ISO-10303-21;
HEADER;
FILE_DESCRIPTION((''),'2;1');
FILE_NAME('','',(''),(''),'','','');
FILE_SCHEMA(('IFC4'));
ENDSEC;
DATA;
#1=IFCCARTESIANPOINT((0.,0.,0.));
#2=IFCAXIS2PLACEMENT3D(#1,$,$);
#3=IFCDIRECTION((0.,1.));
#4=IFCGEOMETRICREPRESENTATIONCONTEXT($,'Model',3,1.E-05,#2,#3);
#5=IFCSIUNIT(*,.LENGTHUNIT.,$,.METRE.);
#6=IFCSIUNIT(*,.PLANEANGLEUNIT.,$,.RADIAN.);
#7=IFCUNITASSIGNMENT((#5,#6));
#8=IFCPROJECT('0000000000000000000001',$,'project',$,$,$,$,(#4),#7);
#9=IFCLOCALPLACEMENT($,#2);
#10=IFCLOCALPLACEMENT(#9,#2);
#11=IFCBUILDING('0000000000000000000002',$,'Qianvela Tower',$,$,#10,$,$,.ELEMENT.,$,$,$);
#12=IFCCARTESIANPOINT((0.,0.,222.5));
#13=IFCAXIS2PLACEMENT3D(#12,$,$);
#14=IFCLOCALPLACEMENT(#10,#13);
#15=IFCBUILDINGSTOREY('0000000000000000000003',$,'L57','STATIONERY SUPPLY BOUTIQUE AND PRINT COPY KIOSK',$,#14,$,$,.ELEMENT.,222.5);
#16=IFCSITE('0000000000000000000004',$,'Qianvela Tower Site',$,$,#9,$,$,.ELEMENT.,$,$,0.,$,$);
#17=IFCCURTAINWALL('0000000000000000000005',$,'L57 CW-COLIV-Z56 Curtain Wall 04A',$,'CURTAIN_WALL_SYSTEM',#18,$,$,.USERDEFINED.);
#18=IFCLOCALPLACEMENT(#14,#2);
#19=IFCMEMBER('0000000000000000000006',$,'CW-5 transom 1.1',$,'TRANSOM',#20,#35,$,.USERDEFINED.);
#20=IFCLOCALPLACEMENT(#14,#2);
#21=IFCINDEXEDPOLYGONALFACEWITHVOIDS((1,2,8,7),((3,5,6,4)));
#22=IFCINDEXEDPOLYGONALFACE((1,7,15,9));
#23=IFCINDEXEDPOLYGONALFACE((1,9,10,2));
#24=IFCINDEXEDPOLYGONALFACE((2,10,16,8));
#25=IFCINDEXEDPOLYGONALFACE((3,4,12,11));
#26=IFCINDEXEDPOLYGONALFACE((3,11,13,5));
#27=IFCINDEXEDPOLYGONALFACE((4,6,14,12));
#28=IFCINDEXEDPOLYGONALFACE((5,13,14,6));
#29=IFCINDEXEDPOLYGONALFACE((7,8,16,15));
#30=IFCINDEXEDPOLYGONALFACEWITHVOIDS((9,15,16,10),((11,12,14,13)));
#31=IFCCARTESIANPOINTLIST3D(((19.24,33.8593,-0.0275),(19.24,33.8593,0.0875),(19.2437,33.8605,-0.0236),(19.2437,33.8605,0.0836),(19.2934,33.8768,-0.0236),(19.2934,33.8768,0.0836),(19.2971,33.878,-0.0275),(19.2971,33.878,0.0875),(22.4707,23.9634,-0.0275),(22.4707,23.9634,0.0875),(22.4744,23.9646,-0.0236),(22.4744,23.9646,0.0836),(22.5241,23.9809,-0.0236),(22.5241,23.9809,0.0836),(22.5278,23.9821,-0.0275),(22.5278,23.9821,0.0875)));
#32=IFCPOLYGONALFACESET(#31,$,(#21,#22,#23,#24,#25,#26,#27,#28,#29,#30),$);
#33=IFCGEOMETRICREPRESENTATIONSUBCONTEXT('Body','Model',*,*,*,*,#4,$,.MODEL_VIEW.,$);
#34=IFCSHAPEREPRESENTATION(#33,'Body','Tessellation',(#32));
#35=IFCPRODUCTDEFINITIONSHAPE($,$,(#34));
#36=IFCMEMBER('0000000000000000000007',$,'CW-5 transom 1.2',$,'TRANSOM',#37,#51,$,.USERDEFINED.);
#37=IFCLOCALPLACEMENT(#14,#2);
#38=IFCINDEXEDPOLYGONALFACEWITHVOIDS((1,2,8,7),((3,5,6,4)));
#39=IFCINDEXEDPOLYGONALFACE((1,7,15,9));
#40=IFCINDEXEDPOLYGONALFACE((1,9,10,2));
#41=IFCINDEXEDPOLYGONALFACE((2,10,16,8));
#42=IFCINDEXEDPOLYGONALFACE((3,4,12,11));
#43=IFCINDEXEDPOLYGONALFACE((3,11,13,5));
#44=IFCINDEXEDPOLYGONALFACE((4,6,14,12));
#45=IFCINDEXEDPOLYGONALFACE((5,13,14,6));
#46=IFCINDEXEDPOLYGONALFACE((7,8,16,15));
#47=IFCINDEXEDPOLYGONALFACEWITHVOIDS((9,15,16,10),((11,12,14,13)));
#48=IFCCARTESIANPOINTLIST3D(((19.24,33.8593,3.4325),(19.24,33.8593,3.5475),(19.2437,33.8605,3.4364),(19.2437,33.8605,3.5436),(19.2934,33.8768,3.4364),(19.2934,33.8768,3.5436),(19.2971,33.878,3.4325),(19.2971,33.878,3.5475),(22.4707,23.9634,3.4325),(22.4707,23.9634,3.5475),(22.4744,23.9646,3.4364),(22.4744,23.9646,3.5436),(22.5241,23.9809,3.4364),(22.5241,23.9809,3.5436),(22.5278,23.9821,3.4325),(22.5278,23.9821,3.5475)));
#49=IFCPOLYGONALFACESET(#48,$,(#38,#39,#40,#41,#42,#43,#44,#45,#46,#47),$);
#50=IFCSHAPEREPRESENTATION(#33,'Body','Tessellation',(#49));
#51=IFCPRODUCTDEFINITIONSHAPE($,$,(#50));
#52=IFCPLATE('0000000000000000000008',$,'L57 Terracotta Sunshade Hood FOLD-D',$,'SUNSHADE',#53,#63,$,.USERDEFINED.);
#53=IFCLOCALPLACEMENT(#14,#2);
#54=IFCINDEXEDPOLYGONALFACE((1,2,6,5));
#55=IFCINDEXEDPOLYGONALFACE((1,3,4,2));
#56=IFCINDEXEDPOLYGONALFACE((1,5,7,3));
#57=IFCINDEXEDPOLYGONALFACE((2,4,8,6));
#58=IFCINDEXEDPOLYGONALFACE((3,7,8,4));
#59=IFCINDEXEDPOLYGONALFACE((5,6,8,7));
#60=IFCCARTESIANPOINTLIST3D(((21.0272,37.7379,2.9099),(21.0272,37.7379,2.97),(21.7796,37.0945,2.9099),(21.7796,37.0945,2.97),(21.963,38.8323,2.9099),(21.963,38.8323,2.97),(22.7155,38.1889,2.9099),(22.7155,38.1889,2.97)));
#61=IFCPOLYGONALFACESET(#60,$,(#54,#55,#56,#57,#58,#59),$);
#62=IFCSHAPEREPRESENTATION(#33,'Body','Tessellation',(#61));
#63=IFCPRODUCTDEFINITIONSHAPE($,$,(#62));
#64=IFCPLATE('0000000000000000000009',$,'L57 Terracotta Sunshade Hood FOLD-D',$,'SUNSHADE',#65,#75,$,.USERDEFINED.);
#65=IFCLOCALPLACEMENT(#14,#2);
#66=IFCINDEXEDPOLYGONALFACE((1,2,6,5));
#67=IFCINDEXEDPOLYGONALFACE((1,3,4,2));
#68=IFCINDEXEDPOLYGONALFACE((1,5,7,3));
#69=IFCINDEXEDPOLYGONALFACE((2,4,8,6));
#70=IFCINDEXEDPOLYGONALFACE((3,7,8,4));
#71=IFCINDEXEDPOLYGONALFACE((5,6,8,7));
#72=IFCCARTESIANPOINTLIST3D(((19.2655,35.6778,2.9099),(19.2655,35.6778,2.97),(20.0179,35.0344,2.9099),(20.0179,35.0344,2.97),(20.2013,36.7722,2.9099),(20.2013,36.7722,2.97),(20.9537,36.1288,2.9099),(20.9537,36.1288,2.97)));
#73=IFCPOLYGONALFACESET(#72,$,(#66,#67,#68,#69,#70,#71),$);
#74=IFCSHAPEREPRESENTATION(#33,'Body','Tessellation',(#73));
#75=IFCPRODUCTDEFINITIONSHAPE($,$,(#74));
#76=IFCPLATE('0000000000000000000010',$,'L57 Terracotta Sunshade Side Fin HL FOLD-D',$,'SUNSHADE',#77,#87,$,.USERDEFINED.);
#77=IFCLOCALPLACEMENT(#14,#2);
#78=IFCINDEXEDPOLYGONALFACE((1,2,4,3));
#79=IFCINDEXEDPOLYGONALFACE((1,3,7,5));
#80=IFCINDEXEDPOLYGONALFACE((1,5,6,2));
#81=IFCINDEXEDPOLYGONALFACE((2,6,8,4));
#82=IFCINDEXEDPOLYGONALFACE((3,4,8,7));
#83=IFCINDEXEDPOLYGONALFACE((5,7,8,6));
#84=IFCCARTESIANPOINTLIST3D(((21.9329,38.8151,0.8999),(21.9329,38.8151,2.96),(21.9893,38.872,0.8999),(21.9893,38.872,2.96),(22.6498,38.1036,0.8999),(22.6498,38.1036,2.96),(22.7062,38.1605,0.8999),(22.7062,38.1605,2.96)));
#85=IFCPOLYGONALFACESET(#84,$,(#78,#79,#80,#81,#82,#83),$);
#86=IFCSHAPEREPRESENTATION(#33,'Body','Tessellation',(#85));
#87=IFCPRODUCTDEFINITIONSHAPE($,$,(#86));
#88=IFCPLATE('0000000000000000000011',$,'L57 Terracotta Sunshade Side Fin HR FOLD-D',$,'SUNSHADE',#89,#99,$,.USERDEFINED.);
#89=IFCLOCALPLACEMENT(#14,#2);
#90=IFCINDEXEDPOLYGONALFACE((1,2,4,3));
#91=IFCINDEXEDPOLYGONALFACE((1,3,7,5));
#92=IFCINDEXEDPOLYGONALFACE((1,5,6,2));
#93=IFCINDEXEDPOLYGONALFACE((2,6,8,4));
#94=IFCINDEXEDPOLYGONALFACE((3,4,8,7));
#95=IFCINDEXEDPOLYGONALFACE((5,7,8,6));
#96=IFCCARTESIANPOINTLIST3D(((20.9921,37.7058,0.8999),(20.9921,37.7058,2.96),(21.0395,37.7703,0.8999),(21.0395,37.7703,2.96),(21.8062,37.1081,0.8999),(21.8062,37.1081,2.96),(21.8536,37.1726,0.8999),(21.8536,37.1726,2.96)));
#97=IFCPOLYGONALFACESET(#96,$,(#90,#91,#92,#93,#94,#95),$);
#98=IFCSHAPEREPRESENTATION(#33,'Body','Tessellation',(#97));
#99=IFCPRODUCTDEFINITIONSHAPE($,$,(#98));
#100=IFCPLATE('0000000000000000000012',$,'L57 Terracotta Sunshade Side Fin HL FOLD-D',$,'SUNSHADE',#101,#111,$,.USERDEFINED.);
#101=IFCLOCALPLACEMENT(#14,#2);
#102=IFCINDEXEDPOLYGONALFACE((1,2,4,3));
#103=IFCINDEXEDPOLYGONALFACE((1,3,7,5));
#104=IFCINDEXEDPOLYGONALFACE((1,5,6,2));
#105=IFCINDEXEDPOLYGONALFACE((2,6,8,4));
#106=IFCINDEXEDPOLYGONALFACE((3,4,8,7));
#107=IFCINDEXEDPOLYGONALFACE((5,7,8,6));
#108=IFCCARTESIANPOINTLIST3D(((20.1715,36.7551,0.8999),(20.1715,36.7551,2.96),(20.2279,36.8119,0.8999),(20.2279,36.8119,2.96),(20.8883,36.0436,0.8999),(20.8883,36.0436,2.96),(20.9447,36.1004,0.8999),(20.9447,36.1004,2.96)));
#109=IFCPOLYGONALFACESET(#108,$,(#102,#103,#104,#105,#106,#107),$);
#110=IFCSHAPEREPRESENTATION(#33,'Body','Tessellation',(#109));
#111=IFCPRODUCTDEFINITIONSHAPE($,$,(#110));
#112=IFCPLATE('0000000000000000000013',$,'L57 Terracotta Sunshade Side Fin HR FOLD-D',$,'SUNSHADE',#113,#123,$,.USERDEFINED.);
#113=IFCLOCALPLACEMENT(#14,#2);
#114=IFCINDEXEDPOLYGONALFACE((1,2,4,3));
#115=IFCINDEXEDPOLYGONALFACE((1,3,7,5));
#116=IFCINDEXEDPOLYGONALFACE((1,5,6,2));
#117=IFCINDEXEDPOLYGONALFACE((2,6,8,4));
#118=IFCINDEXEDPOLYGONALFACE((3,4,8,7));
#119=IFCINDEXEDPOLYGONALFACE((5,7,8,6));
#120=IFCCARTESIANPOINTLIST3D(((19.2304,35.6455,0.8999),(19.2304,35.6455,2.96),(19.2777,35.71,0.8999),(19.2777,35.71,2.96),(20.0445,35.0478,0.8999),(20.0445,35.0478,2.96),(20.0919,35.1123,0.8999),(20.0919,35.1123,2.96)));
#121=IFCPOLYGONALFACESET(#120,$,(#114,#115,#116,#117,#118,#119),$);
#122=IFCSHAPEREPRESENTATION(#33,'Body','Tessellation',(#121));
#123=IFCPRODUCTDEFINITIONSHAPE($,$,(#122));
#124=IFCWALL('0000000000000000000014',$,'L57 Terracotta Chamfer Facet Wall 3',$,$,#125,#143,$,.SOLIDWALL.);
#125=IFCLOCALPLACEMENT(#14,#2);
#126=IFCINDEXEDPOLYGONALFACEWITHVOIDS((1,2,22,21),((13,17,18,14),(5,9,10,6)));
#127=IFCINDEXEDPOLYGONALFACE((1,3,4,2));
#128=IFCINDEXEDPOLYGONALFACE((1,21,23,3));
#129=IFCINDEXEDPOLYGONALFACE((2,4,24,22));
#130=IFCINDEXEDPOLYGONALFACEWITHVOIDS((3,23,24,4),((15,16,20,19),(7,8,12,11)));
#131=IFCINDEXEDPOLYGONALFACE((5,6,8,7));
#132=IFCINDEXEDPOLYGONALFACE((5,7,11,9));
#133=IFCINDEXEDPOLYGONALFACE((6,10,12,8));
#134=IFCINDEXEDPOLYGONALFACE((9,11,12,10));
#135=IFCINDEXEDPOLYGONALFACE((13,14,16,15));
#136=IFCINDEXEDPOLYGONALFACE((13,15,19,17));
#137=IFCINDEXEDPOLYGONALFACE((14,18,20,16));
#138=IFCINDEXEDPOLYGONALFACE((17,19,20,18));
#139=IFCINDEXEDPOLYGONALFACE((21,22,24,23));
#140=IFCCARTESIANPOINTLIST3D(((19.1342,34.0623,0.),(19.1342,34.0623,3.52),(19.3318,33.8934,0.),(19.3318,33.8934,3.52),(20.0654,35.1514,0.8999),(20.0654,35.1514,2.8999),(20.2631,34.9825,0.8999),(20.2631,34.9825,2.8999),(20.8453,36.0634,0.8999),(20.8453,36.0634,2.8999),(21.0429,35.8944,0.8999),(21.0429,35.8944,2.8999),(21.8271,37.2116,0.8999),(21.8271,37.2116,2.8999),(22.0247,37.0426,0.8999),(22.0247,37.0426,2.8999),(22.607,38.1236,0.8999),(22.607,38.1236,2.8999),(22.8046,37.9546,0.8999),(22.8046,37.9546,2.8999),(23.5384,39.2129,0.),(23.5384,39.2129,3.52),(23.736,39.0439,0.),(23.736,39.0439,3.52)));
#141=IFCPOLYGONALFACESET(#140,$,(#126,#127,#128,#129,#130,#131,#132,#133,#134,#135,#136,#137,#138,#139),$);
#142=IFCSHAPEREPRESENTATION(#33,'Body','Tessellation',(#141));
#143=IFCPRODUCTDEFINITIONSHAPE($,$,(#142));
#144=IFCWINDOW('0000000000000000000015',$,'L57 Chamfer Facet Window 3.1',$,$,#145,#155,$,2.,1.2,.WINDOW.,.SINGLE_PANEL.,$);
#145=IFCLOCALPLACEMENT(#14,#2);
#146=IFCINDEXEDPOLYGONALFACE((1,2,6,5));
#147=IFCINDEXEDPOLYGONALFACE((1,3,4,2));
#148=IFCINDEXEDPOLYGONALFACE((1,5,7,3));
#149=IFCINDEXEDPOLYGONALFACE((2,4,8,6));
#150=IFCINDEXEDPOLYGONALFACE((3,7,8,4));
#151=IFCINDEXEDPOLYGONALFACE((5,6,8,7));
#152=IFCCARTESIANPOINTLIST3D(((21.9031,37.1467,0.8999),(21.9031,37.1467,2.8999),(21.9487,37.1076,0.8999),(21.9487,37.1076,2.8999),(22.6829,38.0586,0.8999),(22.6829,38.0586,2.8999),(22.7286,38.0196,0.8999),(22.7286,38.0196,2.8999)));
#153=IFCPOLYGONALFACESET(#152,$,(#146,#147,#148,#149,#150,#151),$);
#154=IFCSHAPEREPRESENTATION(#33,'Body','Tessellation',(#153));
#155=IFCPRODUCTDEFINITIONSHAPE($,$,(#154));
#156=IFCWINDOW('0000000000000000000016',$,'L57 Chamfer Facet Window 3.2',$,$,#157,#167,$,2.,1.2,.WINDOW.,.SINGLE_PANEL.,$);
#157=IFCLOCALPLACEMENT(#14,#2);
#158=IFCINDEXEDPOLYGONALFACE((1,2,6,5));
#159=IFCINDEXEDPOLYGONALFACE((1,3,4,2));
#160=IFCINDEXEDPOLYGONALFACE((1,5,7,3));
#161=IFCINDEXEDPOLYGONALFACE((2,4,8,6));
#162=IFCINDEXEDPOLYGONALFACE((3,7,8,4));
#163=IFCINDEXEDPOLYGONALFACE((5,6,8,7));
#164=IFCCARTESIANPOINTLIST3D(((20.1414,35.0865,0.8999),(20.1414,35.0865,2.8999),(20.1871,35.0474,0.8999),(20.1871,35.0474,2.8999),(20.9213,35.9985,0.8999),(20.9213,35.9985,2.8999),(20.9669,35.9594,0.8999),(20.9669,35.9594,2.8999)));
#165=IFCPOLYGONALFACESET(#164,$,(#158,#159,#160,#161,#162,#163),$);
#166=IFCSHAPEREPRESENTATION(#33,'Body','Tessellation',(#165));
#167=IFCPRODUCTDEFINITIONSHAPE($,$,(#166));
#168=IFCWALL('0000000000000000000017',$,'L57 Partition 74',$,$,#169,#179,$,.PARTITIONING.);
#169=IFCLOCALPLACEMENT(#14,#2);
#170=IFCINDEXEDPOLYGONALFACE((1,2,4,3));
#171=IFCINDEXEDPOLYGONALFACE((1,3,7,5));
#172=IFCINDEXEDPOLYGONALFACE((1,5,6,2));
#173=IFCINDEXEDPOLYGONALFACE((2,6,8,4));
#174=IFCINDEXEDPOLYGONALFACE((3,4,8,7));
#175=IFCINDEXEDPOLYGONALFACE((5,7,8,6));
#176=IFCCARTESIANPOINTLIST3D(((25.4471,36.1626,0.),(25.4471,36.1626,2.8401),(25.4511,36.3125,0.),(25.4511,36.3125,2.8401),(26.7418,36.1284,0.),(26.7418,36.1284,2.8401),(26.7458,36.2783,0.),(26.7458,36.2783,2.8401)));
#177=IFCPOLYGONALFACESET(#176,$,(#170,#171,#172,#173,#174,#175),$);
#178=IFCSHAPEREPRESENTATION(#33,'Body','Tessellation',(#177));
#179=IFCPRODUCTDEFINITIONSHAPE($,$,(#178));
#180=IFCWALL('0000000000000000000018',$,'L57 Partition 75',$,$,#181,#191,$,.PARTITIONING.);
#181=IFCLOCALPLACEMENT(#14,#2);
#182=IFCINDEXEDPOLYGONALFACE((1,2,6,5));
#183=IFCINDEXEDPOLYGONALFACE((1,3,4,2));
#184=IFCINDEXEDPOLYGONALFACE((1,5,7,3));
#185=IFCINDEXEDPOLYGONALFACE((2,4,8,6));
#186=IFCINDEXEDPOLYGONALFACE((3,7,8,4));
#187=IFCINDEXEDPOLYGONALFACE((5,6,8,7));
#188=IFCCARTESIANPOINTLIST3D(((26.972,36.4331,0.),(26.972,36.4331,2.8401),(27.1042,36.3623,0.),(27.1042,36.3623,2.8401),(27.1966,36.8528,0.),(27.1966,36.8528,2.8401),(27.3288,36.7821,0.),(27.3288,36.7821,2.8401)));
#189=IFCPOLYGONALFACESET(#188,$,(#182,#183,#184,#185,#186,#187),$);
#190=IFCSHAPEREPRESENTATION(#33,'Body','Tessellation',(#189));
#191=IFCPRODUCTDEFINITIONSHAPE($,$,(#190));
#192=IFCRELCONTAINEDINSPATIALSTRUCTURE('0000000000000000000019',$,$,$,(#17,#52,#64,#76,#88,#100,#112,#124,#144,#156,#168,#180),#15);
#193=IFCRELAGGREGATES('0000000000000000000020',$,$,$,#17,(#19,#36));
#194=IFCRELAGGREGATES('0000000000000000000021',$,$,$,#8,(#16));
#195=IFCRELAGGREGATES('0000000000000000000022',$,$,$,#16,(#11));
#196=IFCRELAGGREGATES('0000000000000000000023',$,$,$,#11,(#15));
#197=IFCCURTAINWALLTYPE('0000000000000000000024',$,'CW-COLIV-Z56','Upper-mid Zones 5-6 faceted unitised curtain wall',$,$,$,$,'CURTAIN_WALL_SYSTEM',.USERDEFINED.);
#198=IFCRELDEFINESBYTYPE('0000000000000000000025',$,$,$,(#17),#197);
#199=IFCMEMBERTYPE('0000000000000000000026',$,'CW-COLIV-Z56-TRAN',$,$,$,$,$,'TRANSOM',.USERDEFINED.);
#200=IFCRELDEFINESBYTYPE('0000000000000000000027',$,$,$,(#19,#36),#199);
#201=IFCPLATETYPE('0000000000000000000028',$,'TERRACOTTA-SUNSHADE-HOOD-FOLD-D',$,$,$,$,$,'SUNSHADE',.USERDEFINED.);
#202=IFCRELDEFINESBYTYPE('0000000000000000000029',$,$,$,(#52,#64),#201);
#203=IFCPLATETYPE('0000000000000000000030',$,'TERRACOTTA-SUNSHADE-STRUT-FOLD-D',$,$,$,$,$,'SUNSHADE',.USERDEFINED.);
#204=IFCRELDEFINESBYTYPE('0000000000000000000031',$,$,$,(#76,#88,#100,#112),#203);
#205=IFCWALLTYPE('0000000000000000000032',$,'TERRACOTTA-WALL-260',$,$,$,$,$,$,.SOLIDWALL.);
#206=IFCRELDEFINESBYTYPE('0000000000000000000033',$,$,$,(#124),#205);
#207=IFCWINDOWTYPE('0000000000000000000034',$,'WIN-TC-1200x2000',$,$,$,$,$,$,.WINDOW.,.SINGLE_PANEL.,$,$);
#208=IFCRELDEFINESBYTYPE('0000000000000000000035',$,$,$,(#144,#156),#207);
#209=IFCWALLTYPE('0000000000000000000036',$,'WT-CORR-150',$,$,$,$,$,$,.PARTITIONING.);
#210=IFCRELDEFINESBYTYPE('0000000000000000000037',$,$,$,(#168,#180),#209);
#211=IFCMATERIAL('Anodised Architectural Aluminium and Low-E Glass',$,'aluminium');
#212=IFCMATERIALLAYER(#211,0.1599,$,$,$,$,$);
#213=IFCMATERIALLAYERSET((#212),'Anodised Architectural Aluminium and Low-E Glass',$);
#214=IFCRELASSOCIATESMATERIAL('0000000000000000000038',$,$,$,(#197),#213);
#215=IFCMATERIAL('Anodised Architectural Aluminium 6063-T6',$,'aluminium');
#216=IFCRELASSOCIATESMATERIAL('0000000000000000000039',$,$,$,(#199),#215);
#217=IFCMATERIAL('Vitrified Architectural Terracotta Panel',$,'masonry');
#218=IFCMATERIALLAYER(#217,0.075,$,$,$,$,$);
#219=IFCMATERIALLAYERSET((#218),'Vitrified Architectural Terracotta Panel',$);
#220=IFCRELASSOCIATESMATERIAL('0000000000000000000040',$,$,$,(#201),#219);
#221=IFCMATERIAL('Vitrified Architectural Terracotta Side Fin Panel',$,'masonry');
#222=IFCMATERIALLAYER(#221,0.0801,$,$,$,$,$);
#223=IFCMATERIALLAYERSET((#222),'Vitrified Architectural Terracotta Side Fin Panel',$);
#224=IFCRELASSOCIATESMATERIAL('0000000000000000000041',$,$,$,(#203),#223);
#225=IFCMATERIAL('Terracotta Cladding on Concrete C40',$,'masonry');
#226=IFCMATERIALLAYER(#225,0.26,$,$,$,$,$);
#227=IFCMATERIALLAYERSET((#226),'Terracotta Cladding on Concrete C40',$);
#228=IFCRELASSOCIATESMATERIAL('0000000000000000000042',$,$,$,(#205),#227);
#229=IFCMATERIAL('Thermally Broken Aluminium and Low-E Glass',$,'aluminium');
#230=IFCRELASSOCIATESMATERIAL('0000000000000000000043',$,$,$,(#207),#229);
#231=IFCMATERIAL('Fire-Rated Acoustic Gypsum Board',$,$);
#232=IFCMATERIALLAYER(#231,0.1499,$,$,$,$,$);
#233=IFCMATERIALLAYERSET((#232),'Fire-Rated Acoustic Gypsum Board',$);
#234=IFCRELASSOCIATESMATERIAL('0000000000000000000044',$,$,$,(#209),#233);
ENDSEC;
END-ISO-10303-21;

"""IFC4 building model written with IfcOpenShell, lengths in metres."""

from ifc_helpers import new_model, si_unit, direction, frame, frame_2d, origin, origin_2d, place, context, subcontext, project, spatial, rectangle, hollow_rectangle, extrude, material, layer, layer_set, material_profile, profile_set, type_object, element, fill, aggregate, save


model = new_model("IFC4")

# Units and contexts
model_context = context("Model", 3, precision=1e-05, world=origin(), true_north=direction((0.0, 1.0)))
body_context = subcontext(model_context, "Body", "Model", "MODEL_VIEW")
ifc_project = project(units=[si_unit("LENGTHUNIT", "METRE"), si_unit("PLANEANGLEUNIT", "RADIAN")], contexts=[model_context])

# Site, building, storey
site_placement = place(None, origin())
site = spatial("IfcSite", under=ifc_project, at=site_placement, Name="Qianvela Tower Site", CompositionType="ELEMENT", RefElevation=0.0)
building_placement = place(site_placement, origin())
building = spatial("IfcBuilding", under=site, at=building_placement, Name="Qianvela Tower", CompositionType="ELEMENT")
storey_placement = place(building_placement, frame((0.0, 0.0, 222.5)))
storey = spatial("IfcBuildingStorey", under=building, at=storey_placement, Name="L57", Description="STATIONERY SUPPLY BOUTIQUE AND PRINT COPY KIOSK", CompositionType="ELEMENT", Elevation=222.5)

# Shared definitions
ifc_material_1 = material(Name="Anodised Architectural Aluminium and Low-E Glass", Category="aluminium")
ifc_layer_1 = layer(ifc_material_1, 0.1599)
ifc_layer_set_1 = layer_set([ifc_layer_1], Name="Anodised Architectural Aluminium and Low-E Glass")
curtain_wall_type = type_object("IfcCurtainWallType", Name="CW-COLIV-Z56", Description="Upper-mid Zones 5-6 faceted unitised curtain wall", ElementType="CURTAIN_WALL_SYSTEM", PredefinedType="USERDEFINED", material=ifc_layer_set_1)

# Curtain wall, members
curtain_wall_1_placement = place(storey_placement, origin())
curtain_wall_1 = element("IfcCurtainWall", 1, at=curtain_wall_1_placement, inside=storey, type_object=curtain_wall_type, Name="L57 CW-COLIV-Z56 Curtain Wall 04A", ObjectType="CURTAIN_WALL_SYSTEM", PredefinedType="USERDEFINED")
ifc_material_2 = material(Name="Anodised Architectural Aluminium 6063-T6", Category="aluminium")
ifc_material_profile_1 = material_profile(ifc_material_2, hollow_rectangle(XDim=0.0601, YDim=0.115, WallThickness=0.0039, at=origin_2d()), Name="ALU-TRAN-60x115")
ifc_profile_set_1 = profile_set([ifc_material_profile_1], Name="Anodised Architectural Aluminium 6063-T6")
member_type_1 = type_object("IfcMemberType", Name="CW-COLIV-Z56-TRAN", ElementType="TRANSOM", PredefinedType="USERDEFINED", material=ifc_profile_set_1)
member_1_placement = place(storey_placement, frame((19.2686, 33.8687, 0.03), z_axis=(0.310347, -0.950623, 0.0), x_axis=(0.950623, 0.310347, 0.0)))
member_1 = element("IfcMember", 2, at=member_1_placement, type_object=member_type_1, Name="CW-5 transom 1.1", ObjectType="TRANSOM", PredefinedType="USERDEFINED", context=body_context, shape_type="SweptSolid", body=[
    extrude(hollow_rectangle(XDim=0.0601, YDim=0.115, WallThickness=0.0039, at=origin_2d()), origin(), (0.0, 0.0, 1.0), 10.4099),
])
member_2_placement = place(storey_placement, frame((19.2686, 33.8687, 3.49), z_axis=(0.310347, -0.950623, 0.0), x_axis=(0.950623, 0.310347, 0.0)))
member_2 = element("IfcMember", 3, at=member_2_placement, type_object=member_type_1, Name="CW-5 transom 1.2", ObjectType="TRANSOM", PredefinedType="USERDEFINED", context=body_context, shape_type="SweptSolid", body=[
    extrude(hollow_rectangle(XDim=0.0601, YDim=0.115, WallThickness=0.0039, at=origin_2d()), origin(), (0.0, 0.0, 1.0), 10.4099),
])
aggregate(curtain_wall_1, [member_1, member_2])

# Plates
ifc_material_3 = material(Name="Vitrified Architectural Terracotta Panel", Category="masonry")
ifc_layer_2 = layer(ifc_material_3, 0.075)
ifc_layer_set_2 = layer_set([ifc_layer_2], Name="Vitrified Architectural Terracotta Panel")
plate_type_1 = type_object("IfcPlateType", Name="TERRACOTTA-SUNSHADE-HOOD-FOLD-D", ElementType="SUNSHADE", PredefinedType="USERDEFINED", material=ifc_layer_set_2)
for number, where, z_axis, x_axis, name in (
    (4, (21.8713, 37.9634, 2.9099), (0.0, 0.0, 1.0), (-0.649898, -0.760022, 0.0), "L57 Terracotta Sunshade Hood FOLD-D"),
    (5, (20.1096, 35.9033, 2.9099), (0.0, 0.0, 1.0), (-0.649898, -0.760022, 0.0), "L57 Terracotta Sunshade Hood FOLD-D"),
):
    element("IfcPlate", number, at=place(storey_placement, frame(where, z_axis=z_axis, x_axis=x_axis)), inside=storey, type_object=plate_type_1, Name=name, ObjectType="SUNSHADE", PredefinedType="USERDEFINED", context=body_context, shape_type="SweptSolid", body=[
        extrude(rectangle(XDim=1.4399, YDim=0.99, at=origin_2d()), origin(), (0.0, 0.0, 1.0), 0.0601),
    ])
ifc_material_4 = material(Name="Vitrified Architectural Terracotta Side Fin Panel", Category="masonry")
ifc_layer_3 = layer(ifc_material_4, 0.0801)
ifc_layer_set_3 = layer_set([ifc_layer_3], Name="Vitrified Architectural Terracotta Side Fin Panel")
plate_type_2 = type_object("IfcPlateType", Name="TERRACOTTA-SUNSHADE-STRUT-FOLD-D", ElementType="SUNSHADE", PredefinedType="USERDEFINED", material=ifc_layer_set_3)
for number, where, z_axis, x_axis, name in (
    (6, (22.3196, 38.4878, 0.8999), (0.0, 0.0, 1.0), (-0.704435, -0.709769, 0.0), "L57 Terracotta Sunshade Side Fin HL FOLD-D"),
    (7, (21.4229, 37.4392, 0.8999), (0.0, 0.0, 1.0), (-0.591787, -0.806095, 0.0), "L57 Terracotta Sunshade Side Fin HR FOLD-D"),
    (8, (20.5581, 36.4277, 0.8999), (0.0, 0.0, 1.0), (-0.704435, -0.709769, 0.0), "L57 Terracotta Sunshade Side Fin HL FOLD-D"),
    (9, (19.6611, 35.3789, 0.8999), (0.0, 0.0, 1.0), (-0.591787, -0.806095, 0.0), "L57 Terracotta Sunshade Side Fin HR FOLD-D"),
):
    element("IfcPlate", number, at=place(storey_placement, frame(where, z_axis=z_axis, x_axis=x_axis)), inside=storey, type_object=plate_type_2, Name=name, ObjectType="SUNSHADE", PredefinedType="USERDEFINED", context=body_context, shape_type="SweptSolid", body=[
        extrude(rectangle(XDim=0.0801, YDim=1.01, at=origin_2d()), origin(), (0.0, 0.0, 1.0), 2.0601),
    ])

# Wall, openings, windows
ifc_material_5 = material(Name="Terracotta Cladding on Concrete C40", Category="masonry")
ifc_layer_4 = layer(ifc_material_5, 0.26)
ifc_layer_set_4 = layer_set([ifc_layer_4], Name="Terracotta Cladding on Concrete C40")
wall_type_1 = type_object("IfcWallType", Name="TERRACOTTA-WALL-260", PredefinedType="SOLIDWALL", material=ifc_layer_set_4)
wall_1_placement = place(storey_placement, frame((23.6372, 39.1284, 0.0), z_axis=(0.0, 0.0, 1.0), x_axis=(-0.649895, -0.760024, 0.0)))
wall_1 = element("IfcWall", 10, at=wall_1_placement, inside=storey, type_object=wall_type_1, Name="L57 Terracotta Chamfer Facet Wall 3", PredefinedType="SOLIDWALL", context=body_context, shape_type="SweptSolid", body=[
    extrude(rectangle(XDim=6.7769, YDim=0.26, at=frame_2d((3.3884, 0.0))), origin(), (0.0, 0.0, 1.0), 3.52),
])
opening_1_placement = place(wall_1_placement, frame((1.4331, 0.0, 0.8999)))
opening_1 = element("IfcOpeningElement", 11, at=opening_1_placement, cuts=wall_1, PredefinedType="OPENING", context=body_context, shape_type="SweptSolid", body=[
    extrude(rectangle(XDim=1.2, YDim=2.0, at=frame_2d((0.6001, 1.0))), frame((0.0, 0.1399, 0.0), z_axis=(0.0, -1.0, 0.0), x_axis=(1.0, 0.0, 0.0)), (0.0, 0.0, 1.0), 0.28),
])
opening_2_placement = place(wall_1_placement, frame((4.1438, 0.0, 0.8999)))
opening_2 = element("IfcOpeningElement", 12, at=opening_2_placement, cuts=wall_1, PredefinedType="OPENING", context=body_context, shape_type="SweptSolid", body=[
    extrude(rectangle(XDim=1.2, YDim=2.0, at=frame_2d((0.6001, 1.0))), frame((0.0, 0.1399, 0.0), z_axis=(0.0, -1.0, 0.0), x_axis=(1.0, 0.0, 0.0)), (0.0, 0.0, 1.0), 0.28),
])
ifc_material_6 = material(Name="Thermally Broken Aluminium and Low-E Glass", Category="aluminium")
window_type = type_object("IfcWindowType", Name="WIN-TC-1200x2000", PartitioningType="SINGLE_PANEL", PredefinedType="WINDOW", material=ifc_material_6)
window_1_placement = place(opening_1_placement, origin())
window_1 = element("IfcWindow", 13, at=window_1_placement, inside=storey, type_object=window_type, Name="L57 Chamfer Facet Window 3.1", OverallHeight=2.0, OverallWidth=1.2, PartitioningType="SINGLE_PANEL", PredefinedType="WINDOW", context=body_context, shape_type="SweptSolid", body=[
    extrude(rectangle(XDim=1.2, YDim=2.0, at=frame_2d((0.6001, 1.0))), frame((0.0, 0.03, 0.0), z_axis=(0.0, -1.0, 0.0), x_axis=(1.0, 0.0, 0.0)), (0.0, 0.0, 1.0), 0.0601),
])
fill(opening_1, window_1)
window_2_placement = place(opening_2_placement, origin())
window_2 = element("IfcWindow", 14, at=window_2_placement, inside=storey, type_object=window_type, Name="L57 Chamfer Facet Window 3.2", OverallHeight=2.0, OverallWidth=1.2, PartitioningType="SINGLE_PANEL", PredefinedType="WINDOW", context=body_context, shape_type="SweptSolid", body=[
    extrude(rectangle(XDim=1.2, YDim=2.0, at=frame_2d((0.6001, 1.0))), frame((0.0, 0.03, 0.0), z_axis=(0.0, -1.0, 0.0), x_axis=(1.0, 0.0, 0.0)), (0.0, 0.0, 1.0), 0.0601),
])
fill(opening_2, window_2)

# Walls
ifc_material_7 = material(Name="Fire-Rated Acoustic Gypsum Board")
ifc_layer_5 = layer(ifc_material_7, 0.1499)
ifc_layer_set_5 = layer_set([ifc_layer_5], Name="Fire-Rated Acoustic Gypsum Board")
wall_type_2 = type_object("IfcWallType", Name="WT-CORR-150", PredefinedType="PARTITIONING", material=ifc_layer_set_5)
wall_2_placement = place(storey_placement, frame((25.4492, 36.2375, 0.0), z_axis=(0.0, 0.0, 1.0), x_axis=(0.999652, -0.026391, 0.0)))
element("IfcWall", 15, at=wall_2_placement, inside=storey, type_object=wall_type_2, Name="L57 Partition 74", PredefinedType="PARTITIONING", context=body_context, shape_type="SweptSolid", body=[
    extrude(rectangle(XDim=1.2952, YDim=0.1499, at=frame_2d((0.6475, 0.0))), origin(), (0.0, 0.0, 1.0), 2.8401),
])
wall_3_placement = place(storey_placement, frame((27.0381, 36.3977, 0.0), z_axis=(0.0, 0.0, 1.0), x_axis=(0.471866, 0.881671, 0.0)))
element("IfcWall", 16, at=wall_3_placement, inside=storey, type_object=wall_type_2, Name="L57 Partition 75", PredefinedType="PARTITIONING", context=body_context, shape_type="SweptSolid", body=[
    extrude(rectangle(XDim=0.4761, YDim=0.1499, at=frame_2d((0.238, 0.0))), origin(), (0.0, 0.0, 1.0), 2.8401),
])

save(model, "model.ifc")
